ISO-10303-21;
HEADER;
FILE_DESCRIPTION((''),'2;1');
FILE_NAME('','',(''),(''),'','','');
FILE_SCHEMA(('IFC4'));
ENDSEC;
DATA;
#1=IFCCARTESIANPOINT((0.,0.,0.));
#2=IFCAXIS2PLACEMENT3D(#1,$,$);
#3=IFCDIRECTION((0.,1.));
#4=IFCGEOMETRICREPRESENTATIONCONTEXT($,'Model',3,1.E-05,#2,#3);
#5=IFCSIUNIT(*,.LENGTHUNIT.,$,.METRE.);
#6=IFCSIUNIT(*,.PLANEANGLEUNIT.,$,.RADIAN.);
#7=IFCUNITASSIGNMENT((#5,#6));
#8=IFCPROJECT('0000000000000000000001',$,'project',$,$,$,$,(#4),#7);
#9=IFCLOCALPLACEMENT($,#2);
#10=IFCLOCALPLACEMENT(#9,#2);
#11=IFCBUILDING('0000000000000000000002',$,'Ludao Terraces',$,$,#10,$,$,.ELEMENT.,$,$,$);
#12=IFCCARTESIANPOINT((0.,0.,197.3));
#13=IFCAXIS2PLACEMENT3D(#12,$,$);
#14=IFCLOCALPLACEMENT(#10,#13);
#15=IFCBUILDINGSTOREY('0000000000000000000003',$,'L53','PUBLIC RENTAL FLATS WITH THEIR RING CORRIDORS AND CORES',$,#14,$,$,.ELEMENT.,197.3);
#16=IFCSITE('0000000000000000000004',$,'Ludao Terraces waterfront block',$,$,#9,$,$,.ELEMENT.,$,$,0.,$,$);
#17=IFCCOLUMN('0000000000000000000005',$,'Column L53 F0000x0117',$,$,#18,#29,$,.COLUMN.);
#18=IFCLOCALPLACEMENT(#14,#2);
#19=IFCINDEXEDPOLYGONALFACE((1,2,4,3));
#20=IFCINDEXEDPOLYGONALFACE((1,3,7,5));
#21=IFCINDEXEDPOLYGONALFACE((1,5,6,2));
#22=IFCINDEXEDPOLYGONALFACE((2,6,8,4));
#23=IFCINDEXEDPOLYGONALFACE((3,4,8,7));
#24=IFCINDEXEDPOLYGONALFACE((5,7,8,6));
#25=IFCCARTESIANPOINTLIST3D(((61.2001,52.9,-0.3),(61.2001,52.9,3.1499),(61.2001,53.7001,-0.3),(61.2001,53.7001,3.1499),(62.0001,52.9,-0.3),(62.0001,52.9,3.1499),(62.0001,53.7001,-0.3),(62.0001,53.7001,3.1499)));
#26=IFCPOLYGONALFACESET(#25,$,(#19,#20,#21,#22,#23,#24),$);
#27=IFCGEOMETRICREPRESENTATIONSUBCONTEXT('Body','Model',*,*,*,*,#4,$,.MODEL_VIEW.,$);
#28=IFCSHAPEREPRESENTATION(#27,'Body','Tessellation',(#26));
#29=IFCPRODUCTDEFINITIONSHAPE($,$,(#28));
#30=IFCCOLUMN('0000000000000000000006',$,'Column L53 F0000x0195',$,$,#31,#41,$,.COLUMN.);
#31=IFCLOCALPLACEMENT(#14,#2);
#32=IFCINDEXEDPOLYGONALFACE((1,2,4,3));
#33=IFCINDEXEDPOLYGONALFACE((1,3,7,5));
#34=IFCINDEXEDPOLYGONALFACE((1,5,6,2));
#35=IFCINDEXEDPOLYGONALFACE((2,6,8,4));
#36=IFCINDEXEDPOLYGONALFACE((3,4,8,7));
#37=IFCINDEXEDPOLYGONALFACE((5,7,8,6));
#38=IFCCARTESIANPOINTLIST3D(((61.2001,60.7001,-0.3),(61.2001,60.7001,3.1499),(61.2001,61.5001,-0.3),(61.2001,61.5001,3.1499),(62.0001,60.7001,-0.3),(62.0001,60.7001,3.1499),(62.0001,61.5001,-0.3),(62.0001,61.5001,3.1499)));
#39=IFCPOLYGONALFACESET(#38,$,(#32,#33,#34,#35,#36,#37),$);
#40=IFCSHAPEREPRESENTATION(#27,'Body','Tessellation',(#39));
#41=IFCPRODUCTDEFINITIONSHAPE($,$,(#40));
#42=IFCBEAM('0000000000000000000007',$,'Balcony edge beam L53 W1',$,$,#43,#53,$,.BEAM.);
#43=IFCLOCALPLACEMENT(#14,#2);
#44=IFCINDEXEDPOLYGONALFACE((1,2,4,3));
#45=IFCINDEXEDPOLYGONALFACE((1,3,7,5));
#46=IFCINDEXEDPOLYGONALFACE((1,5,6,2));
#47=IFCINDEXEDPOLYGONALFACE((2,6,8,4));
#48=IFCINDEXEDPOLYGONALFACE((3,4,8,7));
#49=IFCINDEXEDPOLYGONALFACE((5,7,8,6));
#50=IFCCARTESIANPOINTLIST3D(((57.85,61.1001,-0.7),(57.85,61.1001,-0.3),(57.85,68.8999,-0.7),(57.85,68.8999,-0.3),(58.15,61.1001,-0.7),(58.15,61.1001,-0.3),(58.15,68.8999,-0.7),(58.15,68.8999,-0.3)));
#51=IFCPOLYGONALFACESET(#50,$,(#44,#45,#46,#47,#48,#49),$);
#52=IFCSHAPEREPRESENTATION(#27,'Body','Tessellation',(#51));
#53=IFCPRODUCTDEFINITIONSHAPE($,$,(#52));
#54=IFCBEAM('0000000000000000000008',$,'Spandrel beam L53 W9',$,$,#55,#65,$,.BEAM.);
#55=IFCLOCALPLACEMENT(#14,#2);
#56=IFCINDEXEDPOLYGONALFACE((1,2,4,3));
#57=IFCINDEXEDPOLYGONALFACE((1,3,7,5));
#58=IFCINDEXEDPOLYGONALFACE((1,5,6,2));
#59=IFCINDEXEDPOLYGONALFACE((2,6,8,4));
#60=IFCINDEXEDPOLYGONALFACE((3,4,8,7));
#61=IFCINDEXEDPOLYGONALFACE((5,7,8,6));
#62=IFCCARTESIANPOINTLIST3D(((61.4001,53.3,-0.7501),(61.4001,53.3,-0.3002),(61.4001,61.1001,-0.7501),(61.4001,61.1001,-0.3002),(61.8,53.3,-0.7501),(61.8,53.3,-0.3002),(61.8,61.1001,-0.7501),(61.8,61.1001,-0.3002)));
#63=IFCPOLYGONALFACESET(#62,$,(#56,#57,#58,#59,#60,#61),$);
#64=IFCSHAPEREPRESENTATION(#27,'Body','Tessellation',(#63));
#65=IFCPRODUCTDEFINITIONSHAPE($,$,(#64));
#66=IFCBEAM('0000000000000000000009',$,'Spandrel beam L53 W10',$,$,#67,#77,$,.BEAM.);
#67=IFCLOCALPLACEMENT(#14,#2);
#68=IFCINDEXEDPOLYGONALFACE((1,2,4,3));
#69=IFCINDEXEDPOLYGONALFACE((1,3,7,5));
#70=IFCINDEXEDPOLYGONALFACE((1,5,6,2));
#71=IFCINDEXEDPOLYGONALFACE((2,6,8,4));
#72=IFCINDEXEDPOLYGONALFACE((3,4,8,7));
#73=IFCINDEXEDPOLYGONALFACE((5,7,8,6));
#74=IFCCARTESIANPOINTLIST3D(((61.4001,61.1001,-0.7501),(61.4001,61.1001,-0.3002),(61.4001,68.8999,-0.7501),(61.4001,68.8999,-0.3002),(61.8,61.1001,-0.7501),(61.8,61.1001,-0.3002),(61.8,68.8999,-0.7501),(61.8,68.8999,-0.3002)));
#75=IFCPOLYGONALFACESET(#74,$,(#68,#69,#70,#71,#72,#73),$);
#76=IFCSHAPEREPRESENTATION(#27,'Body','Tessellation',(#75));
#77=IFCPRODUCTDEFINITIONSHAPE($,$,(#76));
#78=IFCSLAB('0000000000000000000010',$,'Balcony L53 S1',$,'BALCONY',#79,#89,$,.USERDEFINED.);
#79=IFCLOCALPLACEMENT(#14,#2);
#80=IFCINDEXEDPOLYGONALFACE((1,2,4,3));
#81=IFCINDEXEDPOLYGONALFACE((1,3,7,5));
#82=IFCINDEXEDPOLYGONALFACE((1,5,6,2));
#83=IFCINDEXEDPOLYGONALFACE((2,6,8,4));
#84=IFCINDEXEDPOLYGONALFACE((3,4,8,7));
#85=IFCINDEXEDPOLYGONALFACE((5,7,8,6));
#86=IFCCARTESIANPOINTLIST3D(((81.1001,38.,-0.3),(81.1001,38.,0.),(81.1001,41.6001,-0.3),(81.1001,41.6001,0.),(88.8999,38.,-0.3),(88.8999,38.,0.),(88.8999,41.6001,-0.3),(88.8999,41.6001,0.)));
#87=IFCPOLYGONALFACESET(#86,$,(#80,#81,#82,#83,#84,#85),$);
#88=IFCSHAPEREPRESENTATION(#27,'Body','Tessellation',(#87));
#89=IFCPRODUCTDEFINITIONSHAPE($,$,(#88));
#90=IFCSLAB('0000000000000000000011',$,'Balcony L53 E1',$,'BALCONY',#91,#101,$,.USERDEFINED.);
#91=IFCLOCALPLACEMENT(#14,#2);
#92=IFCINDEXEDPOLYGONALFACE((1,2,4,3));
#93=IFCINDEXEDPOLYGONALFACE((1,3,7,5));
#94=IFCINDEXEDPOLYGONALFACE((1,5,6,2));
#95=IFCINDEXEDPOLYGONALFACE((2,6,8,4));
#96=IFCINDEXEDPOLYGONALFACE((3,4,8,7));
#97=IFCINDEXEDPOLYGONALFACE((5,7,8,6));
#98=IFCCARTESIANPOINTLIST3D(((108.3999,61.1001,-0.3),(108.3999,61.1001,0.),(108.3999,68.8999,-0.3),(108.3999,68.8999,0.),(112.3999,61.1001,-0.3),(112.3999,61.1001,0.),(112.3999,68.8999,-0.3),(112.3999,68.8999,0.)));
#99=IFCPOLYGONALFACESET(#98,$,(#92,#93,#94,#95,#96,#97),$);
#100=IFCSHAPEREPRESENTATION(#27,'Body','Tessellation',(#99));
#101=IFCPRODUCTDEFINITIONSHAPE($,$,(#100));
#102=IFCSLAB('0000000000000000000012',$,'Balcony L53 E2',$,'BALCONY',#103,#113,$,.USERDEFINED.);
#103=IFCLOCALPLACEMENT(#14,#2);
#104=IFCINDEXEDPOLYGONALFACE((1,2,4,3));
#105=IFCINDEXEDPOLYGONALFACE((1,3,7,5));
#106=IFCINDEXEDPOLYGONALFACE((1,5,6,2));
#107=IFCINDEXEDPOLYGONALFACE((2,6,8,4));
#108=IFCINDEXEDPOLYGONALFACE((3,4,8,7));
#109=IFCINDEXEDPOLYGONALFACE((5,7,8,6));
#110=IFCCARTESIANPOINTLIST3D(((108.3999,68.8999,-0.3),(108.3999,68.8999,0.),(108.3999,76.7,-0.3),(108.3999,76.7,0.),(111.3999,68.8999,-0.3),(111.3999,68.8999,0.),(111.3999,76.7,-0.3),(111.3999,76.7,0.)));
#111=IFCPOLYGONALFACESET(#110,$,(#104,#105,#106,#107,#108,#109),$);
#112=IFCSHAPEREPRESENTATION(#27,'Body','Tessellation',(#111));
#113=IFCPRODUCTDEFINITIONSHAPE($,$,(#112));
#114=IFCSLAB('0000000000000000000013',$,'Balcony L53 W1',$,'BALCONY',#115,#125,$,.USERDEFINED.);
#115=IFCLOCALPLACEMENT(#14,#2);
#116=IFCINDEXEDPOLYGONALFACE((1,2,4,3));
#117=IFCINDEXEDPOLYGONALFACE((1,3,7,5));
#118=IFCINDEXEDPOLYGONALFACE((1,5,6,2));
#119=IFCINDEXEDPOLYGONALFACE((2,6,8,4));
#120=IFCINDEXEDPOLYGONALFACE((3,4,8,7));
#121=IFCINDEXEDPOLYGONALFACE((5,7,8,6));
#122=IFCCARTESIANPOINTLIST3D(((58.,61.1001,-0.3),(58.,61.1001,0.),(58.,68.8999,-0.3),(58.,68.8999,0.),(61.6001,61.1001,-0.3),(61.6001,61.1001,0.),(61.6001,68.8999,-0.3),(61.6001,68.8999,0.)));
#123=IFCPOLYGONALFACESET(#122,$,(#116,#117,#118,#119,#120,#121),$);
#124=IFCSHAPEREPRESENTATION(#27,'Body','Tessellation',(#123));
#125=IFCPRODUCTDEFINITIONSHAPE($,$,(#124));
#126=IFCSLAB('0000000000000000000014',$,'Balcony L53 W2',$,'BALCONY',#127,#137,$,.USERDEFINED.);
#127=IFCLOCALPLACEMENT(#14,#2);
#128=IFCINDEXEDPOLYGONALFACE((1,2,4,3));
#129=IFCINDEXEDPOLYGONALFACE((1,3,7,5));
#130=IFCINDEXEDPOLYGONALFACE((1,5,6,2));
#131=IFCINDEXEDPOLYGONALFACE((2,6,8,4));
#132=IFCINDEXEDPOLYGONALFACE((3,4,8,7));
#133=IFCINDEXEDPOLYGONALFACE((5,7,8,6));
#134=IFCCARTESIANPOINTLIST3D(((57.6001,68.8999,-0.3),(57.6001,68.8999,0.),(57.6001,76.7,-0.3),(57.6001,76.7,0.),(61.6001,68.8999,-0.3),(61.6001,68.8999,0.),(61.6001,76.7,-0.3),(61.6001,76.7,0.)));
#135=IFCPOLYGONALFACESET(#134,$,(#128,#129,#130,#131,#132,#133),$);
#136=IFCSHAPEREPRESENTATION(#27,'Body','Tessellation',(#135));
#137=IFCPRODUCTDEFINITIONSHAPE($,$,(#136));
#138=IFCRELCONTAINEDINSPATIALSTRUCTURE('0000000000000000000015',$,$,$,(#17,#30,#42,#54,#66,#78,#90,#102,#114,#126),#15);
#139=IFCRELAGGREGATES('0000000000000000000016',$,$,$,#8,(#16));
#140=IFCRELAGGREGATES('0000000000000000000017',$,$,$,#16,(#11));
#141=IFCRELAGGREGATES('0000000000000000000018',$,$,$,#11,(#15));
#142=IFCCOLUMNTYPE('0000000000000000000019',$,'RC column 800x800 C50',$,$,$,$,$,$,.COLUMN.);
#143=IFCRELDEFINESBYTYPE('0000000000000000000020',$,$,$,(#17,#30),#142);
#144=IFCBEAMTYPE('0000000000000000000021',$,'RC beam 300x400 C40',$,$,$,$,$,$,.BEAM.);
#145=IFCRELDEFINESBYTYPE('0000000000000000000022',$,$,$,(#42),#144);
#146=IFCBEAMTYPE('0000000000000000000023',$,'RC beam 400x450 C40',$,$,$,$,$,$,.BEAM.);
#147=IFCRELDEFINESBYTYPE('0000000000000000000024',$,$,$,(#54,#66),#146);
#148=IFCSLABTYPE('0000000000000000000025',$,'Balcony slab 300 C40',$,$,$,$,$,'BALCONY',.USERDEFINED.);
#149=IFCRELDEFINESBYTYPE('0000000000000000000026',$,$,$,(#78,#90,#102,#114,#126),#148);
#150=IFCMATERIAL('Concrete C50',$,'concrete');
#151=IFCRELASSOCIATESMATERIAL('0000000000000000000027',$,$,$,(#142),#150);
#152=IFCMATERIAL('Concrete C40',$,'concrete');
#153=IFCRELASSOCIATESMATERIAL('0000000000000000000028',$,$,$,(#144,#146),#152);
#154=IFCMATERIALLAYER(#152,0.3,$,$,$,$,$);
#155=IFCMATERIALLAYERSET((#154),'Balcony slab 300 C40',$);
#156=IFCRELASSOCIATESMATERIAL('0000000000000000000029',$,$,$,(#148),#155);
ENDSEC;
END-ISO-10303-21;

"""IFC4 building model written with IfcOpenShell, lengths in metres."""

from ifc_helpers import new_model, si_unit, direction, frame, origin, origin_2d, place, context, subcontext, project, spatial, polyline, rectangle, outline, extrude, material, layer, layer_set, material_profile, profile_set, type_object, element, save


model = new_model("IFC4")

# Units and contexts
model_context = context("Model", 3, precision=1e-05, world=origin(), true_north=direction((0.0, 1.0)))
body_context = subcontext(model_context, "Body", "Model", "MODEL_VIEW")
ifc_project = project(units=[si_unit("LENGTHUNIT", "METRE"), si_unit("PLANEANGLEUNIT", "RADIAN")], contexts=[model_context])

# Site, building, storey
site_placement = place(None, origin())
site = spatial("IfcSite", under=ifc_project, at=site_placement, Name="Ludao Terraces waterfront block", CompositionType="ELEMENT", RefElevation=0.0)
building_placement = place(site_placement, origin())
building = spatial("IfcBuilding", under=site, at=building_placement, Name="Ludao Terraces", CompositionType="ELEMENT")
storey_placement = place(building_placement, frame((0.0, 0.0, 197.3)))
storey = spatial("IfcBuildingStorey", under=building, at=storey_placement, Name="L53", Description="PUBLIC RENTAL FLATS WITH THEIR RING CORRIDORS AND CORES", CompositionType="ELEMENT", Elevation=197.3)

# Columns
ifc_material_1 = material(Name="Concrete C50", Category="concrete")
ifc_material_profile_1 = material_profile(ifc_material_1, rectangle(XDim=0.8, YDim=0.8, at=origin_2d()), Name="800 X 800")
ifc_profile_set_1 = profile_set([ifc_material_profile_1], Name="Concrete C50")
column_type = type_object("IfcColumnType", Name="RC column 800x800 C50", PredefinedType="COLUMN", material=ifc_profile_set_1)
for number, where, z_axis, x_axis, name in (
    (1, (61.6001, 53.3, -0.3), (0.0, 0.0, 1.0), (1.0, 0.0, 0.0), "Column L53 F0000x0117"),
    (2, (61.6001, 61.1001, -0.3), (0.0, 0.0, 1.0), (1.0, 0.0, 0.0), "Column L53 F0000x0195"),
):
    element("IfcColumn", number, at=place(storey_placement, frame(where, z_axis=z_axis, x_axis=x_axis)), inside=storey, type_object=column_type, Name=name, PredefinedType="COLUMN", context=body_context, shape_type="SweptSolid", body=[
        extrude(rectangle(XDim=0.8, YDim=0.8, at=origin_2d()), origin(), (0.0, 0.0, 1.0), 3.45),
    ])

# Beams
ifc_material_2 = material(Name="Concrete C40", Category="concrete")
ifc_material_profile_2 = material_profile(ifc_material_2, rectangle(XDim=0.3, YDim=0.3999, at=origin_2d()), Name="300 X 400")
ifc_profile_set_2 = profile_set([ifc_material_profile_2], Name="Concrete C40")
beam_type_1 = type_object("IfcBeamType", Name="RC beam 300x400 C40", PredefinedType="BEAM", material=ifc_profile_set_2)
beam_1_placement = place(storey_placement, frame((58.0, 61.1001, -0.5), z_axis=(0.0, 1.0, 0.0), x_axis=(-1.0, 0.0, 0.0)))
element("IfcBeam", 3, at=beam_1_placement, inside=storey, type_object=beam_type_1, Name="Balcony edge beam L53 W1", PredefinedType="BEAM", context=body_context, shape_type="SweptSolid", body=[
    extrude(rectangle(XDim=0.3, YDim=0.3999, at=origin_2d()), origin(), (0.0, 0.0, 1.0), 7.7998),
])
ifc_material_profile_3 = material_profile(ifc_material_2, rectangle(XDim=0.3999, YDim=0.45, at=origin_2d()), Name="400 X 450")
ifc_profile_set_3 = profile_set([ifc_material_profile_3], Name="Concrete C40")
beam_type_2 = type_object("IfcBeamType", Name="RC beam 400x450 C40", PredefinedType="BEAM", material=ifc_profile_set_3)
beam_2_placement = place(storey_placement, frame((61.6001, 53.3, -0.5251), z_axis=(0.0, 1.0, 0.0), x_axis=(-1.0, 0.0, 0.0)))
element("IfcBeam", 4, at=beam_2_placement, inside=storey, type_object=beam_type_2, Name="Spandrel beam L53 W9", PredefinedType="BEAM", context=body_context, shape_type="SweptSolid", body=[
    extrude(rectangle(XDim=0.3999, YDim=0.45, at=origin_2d()), origin(), (0.0, 0.0, 1.0), 7.8),
])
beam_3_placement = place(storey_placement, frame((61.6001, 61.1001, -0.5251), z_axis=(0.0, 1.0, 0.0), x_axis=(-1.0, 0.0, 0.0)))
element("IfcBeam", 5, at=beam_3_placement, inside=storey, type_object=beam_type_2, Name="Spandrel beam L53 W10", PredefinedType="BEAM", context=body_context, shape_type="SweptSolid", body=[
    extrude(rectangle(XDim=0.3999, YDim=0.45, at=origin_2d()), origin(), (0.0, 0.0, 1.0), 7.7998),
])

# Slabs
ifc_layer_1 = layer(ifc_material_2, 0.3)
ifc_layer_set_1 = layer_set([ifc_layer_1], Name="Balcony slab 300 C40")
slab_type_1 = type_object("IfcSlabType", Name="Balcony slab 300 C40", ElementType="BALCONY", PredefinedType="USERDEFINED", material=ifc_layer_set_1)
slab_1_placement = place(storey_placement, frame((0.0, 0.0, -0.3)))
element("IfcSlab", 6, at=slab_1_placement, inside=storey, type_object=slab_type_1, Name="Balcony L53 S1", ObjectType="BALCONY", PredefinedType="USERDEFINED", context=body_context, shape_type="SweptSolid", body=[
    extrude(outline(polyline([(81.1001, 38.0), (88.8999, 38.0), (88.8999, 41.6001), (81.1001, 41.6001), (81.1001, 38.0)])), origin(), (0.0, 0.0, 1.0), 0.3),
])
slab_2_placement = place(storey_placement, frame((0.0, 0.0, -0.3)))
element("IfcSlab", 7, at=slab_2_placement, inside=storey, type_object=slab_type_1, Name="Balcony L53 E1", ObjectType="BALCONY", PredefinedType="USERDEFINED", context=body_context, shape_type="SweptSolid", body=[
    extrude(outline(polyline([(108.3999, 61.1001), (112.3999, 61.1001), (112.3999, 68.8999), (108.3999, 68.8999), (108.3999, 61.1001)])), origin(), (0.0, 0.0, 1.0), 0.3),
])
slab_3_placement = place(storey_placement, frame((0.0, 0.0, -0.3)))
element("IfcSlab", 8, at=slab_3_placement, inside=storey, type_object=slab_type_1, Name="Balcony L53 E2", ObjectType="BALCONY", PredefinedType="USERDEFINED", context=body_context, shape_type="SweptSolid", body=[
    extrude(outline(polyline([(108.3999, 68.8999), (111.3999, 68.8999), (111.3999, 76.7), (108.3999, 76.7), (108.3999, 68.8999)])), origin(), (0.0, 0.0, 1.0), 0.3),
])
slab_4_placement = place(storey_placement, frame((0.0, 0.0, -0.3)))
element("IfcSlab", 9, at=slab_4_placement, inside=storey, type_object=slab_type_1, Name="Balcony L53 W1", ObjectType="BALCONY", PredefinedType="USERDEFINED", context=body_context, shape_type="SweptSolid", body=[
    extrude(outline(polyline([(58.0, 61.1001), (61.6001, 61.1001), (61.6001, 68.8999), (58.0, 68.8999), (58.0, 61.1001)])), origin(), (0.0, 0.0, 1.0), 0.3),
])
slab_5_placement = place(storey_placement, frame((0.0, 0.0, -0.3)))
element("IfcSlab", 10, at=slab_5_placement, inside=storey, type_object=slab_type_1, Name="Balcony L53 W2", ObjectType="BALCONY", PredefinedType="USERDEFINED", context=body_context, shape_type="SweptSolid", body=[
    extrude(outline(polyline([(57.6001, 68.8999), (61.6001, 68.8999), (61.6001, 76.7), (57.6001, 76.7), (57.6001, 68.8999)])), origin(), (0.0, 0.0, 1.0), 0.3),
])

save(model, "model.ifc")
